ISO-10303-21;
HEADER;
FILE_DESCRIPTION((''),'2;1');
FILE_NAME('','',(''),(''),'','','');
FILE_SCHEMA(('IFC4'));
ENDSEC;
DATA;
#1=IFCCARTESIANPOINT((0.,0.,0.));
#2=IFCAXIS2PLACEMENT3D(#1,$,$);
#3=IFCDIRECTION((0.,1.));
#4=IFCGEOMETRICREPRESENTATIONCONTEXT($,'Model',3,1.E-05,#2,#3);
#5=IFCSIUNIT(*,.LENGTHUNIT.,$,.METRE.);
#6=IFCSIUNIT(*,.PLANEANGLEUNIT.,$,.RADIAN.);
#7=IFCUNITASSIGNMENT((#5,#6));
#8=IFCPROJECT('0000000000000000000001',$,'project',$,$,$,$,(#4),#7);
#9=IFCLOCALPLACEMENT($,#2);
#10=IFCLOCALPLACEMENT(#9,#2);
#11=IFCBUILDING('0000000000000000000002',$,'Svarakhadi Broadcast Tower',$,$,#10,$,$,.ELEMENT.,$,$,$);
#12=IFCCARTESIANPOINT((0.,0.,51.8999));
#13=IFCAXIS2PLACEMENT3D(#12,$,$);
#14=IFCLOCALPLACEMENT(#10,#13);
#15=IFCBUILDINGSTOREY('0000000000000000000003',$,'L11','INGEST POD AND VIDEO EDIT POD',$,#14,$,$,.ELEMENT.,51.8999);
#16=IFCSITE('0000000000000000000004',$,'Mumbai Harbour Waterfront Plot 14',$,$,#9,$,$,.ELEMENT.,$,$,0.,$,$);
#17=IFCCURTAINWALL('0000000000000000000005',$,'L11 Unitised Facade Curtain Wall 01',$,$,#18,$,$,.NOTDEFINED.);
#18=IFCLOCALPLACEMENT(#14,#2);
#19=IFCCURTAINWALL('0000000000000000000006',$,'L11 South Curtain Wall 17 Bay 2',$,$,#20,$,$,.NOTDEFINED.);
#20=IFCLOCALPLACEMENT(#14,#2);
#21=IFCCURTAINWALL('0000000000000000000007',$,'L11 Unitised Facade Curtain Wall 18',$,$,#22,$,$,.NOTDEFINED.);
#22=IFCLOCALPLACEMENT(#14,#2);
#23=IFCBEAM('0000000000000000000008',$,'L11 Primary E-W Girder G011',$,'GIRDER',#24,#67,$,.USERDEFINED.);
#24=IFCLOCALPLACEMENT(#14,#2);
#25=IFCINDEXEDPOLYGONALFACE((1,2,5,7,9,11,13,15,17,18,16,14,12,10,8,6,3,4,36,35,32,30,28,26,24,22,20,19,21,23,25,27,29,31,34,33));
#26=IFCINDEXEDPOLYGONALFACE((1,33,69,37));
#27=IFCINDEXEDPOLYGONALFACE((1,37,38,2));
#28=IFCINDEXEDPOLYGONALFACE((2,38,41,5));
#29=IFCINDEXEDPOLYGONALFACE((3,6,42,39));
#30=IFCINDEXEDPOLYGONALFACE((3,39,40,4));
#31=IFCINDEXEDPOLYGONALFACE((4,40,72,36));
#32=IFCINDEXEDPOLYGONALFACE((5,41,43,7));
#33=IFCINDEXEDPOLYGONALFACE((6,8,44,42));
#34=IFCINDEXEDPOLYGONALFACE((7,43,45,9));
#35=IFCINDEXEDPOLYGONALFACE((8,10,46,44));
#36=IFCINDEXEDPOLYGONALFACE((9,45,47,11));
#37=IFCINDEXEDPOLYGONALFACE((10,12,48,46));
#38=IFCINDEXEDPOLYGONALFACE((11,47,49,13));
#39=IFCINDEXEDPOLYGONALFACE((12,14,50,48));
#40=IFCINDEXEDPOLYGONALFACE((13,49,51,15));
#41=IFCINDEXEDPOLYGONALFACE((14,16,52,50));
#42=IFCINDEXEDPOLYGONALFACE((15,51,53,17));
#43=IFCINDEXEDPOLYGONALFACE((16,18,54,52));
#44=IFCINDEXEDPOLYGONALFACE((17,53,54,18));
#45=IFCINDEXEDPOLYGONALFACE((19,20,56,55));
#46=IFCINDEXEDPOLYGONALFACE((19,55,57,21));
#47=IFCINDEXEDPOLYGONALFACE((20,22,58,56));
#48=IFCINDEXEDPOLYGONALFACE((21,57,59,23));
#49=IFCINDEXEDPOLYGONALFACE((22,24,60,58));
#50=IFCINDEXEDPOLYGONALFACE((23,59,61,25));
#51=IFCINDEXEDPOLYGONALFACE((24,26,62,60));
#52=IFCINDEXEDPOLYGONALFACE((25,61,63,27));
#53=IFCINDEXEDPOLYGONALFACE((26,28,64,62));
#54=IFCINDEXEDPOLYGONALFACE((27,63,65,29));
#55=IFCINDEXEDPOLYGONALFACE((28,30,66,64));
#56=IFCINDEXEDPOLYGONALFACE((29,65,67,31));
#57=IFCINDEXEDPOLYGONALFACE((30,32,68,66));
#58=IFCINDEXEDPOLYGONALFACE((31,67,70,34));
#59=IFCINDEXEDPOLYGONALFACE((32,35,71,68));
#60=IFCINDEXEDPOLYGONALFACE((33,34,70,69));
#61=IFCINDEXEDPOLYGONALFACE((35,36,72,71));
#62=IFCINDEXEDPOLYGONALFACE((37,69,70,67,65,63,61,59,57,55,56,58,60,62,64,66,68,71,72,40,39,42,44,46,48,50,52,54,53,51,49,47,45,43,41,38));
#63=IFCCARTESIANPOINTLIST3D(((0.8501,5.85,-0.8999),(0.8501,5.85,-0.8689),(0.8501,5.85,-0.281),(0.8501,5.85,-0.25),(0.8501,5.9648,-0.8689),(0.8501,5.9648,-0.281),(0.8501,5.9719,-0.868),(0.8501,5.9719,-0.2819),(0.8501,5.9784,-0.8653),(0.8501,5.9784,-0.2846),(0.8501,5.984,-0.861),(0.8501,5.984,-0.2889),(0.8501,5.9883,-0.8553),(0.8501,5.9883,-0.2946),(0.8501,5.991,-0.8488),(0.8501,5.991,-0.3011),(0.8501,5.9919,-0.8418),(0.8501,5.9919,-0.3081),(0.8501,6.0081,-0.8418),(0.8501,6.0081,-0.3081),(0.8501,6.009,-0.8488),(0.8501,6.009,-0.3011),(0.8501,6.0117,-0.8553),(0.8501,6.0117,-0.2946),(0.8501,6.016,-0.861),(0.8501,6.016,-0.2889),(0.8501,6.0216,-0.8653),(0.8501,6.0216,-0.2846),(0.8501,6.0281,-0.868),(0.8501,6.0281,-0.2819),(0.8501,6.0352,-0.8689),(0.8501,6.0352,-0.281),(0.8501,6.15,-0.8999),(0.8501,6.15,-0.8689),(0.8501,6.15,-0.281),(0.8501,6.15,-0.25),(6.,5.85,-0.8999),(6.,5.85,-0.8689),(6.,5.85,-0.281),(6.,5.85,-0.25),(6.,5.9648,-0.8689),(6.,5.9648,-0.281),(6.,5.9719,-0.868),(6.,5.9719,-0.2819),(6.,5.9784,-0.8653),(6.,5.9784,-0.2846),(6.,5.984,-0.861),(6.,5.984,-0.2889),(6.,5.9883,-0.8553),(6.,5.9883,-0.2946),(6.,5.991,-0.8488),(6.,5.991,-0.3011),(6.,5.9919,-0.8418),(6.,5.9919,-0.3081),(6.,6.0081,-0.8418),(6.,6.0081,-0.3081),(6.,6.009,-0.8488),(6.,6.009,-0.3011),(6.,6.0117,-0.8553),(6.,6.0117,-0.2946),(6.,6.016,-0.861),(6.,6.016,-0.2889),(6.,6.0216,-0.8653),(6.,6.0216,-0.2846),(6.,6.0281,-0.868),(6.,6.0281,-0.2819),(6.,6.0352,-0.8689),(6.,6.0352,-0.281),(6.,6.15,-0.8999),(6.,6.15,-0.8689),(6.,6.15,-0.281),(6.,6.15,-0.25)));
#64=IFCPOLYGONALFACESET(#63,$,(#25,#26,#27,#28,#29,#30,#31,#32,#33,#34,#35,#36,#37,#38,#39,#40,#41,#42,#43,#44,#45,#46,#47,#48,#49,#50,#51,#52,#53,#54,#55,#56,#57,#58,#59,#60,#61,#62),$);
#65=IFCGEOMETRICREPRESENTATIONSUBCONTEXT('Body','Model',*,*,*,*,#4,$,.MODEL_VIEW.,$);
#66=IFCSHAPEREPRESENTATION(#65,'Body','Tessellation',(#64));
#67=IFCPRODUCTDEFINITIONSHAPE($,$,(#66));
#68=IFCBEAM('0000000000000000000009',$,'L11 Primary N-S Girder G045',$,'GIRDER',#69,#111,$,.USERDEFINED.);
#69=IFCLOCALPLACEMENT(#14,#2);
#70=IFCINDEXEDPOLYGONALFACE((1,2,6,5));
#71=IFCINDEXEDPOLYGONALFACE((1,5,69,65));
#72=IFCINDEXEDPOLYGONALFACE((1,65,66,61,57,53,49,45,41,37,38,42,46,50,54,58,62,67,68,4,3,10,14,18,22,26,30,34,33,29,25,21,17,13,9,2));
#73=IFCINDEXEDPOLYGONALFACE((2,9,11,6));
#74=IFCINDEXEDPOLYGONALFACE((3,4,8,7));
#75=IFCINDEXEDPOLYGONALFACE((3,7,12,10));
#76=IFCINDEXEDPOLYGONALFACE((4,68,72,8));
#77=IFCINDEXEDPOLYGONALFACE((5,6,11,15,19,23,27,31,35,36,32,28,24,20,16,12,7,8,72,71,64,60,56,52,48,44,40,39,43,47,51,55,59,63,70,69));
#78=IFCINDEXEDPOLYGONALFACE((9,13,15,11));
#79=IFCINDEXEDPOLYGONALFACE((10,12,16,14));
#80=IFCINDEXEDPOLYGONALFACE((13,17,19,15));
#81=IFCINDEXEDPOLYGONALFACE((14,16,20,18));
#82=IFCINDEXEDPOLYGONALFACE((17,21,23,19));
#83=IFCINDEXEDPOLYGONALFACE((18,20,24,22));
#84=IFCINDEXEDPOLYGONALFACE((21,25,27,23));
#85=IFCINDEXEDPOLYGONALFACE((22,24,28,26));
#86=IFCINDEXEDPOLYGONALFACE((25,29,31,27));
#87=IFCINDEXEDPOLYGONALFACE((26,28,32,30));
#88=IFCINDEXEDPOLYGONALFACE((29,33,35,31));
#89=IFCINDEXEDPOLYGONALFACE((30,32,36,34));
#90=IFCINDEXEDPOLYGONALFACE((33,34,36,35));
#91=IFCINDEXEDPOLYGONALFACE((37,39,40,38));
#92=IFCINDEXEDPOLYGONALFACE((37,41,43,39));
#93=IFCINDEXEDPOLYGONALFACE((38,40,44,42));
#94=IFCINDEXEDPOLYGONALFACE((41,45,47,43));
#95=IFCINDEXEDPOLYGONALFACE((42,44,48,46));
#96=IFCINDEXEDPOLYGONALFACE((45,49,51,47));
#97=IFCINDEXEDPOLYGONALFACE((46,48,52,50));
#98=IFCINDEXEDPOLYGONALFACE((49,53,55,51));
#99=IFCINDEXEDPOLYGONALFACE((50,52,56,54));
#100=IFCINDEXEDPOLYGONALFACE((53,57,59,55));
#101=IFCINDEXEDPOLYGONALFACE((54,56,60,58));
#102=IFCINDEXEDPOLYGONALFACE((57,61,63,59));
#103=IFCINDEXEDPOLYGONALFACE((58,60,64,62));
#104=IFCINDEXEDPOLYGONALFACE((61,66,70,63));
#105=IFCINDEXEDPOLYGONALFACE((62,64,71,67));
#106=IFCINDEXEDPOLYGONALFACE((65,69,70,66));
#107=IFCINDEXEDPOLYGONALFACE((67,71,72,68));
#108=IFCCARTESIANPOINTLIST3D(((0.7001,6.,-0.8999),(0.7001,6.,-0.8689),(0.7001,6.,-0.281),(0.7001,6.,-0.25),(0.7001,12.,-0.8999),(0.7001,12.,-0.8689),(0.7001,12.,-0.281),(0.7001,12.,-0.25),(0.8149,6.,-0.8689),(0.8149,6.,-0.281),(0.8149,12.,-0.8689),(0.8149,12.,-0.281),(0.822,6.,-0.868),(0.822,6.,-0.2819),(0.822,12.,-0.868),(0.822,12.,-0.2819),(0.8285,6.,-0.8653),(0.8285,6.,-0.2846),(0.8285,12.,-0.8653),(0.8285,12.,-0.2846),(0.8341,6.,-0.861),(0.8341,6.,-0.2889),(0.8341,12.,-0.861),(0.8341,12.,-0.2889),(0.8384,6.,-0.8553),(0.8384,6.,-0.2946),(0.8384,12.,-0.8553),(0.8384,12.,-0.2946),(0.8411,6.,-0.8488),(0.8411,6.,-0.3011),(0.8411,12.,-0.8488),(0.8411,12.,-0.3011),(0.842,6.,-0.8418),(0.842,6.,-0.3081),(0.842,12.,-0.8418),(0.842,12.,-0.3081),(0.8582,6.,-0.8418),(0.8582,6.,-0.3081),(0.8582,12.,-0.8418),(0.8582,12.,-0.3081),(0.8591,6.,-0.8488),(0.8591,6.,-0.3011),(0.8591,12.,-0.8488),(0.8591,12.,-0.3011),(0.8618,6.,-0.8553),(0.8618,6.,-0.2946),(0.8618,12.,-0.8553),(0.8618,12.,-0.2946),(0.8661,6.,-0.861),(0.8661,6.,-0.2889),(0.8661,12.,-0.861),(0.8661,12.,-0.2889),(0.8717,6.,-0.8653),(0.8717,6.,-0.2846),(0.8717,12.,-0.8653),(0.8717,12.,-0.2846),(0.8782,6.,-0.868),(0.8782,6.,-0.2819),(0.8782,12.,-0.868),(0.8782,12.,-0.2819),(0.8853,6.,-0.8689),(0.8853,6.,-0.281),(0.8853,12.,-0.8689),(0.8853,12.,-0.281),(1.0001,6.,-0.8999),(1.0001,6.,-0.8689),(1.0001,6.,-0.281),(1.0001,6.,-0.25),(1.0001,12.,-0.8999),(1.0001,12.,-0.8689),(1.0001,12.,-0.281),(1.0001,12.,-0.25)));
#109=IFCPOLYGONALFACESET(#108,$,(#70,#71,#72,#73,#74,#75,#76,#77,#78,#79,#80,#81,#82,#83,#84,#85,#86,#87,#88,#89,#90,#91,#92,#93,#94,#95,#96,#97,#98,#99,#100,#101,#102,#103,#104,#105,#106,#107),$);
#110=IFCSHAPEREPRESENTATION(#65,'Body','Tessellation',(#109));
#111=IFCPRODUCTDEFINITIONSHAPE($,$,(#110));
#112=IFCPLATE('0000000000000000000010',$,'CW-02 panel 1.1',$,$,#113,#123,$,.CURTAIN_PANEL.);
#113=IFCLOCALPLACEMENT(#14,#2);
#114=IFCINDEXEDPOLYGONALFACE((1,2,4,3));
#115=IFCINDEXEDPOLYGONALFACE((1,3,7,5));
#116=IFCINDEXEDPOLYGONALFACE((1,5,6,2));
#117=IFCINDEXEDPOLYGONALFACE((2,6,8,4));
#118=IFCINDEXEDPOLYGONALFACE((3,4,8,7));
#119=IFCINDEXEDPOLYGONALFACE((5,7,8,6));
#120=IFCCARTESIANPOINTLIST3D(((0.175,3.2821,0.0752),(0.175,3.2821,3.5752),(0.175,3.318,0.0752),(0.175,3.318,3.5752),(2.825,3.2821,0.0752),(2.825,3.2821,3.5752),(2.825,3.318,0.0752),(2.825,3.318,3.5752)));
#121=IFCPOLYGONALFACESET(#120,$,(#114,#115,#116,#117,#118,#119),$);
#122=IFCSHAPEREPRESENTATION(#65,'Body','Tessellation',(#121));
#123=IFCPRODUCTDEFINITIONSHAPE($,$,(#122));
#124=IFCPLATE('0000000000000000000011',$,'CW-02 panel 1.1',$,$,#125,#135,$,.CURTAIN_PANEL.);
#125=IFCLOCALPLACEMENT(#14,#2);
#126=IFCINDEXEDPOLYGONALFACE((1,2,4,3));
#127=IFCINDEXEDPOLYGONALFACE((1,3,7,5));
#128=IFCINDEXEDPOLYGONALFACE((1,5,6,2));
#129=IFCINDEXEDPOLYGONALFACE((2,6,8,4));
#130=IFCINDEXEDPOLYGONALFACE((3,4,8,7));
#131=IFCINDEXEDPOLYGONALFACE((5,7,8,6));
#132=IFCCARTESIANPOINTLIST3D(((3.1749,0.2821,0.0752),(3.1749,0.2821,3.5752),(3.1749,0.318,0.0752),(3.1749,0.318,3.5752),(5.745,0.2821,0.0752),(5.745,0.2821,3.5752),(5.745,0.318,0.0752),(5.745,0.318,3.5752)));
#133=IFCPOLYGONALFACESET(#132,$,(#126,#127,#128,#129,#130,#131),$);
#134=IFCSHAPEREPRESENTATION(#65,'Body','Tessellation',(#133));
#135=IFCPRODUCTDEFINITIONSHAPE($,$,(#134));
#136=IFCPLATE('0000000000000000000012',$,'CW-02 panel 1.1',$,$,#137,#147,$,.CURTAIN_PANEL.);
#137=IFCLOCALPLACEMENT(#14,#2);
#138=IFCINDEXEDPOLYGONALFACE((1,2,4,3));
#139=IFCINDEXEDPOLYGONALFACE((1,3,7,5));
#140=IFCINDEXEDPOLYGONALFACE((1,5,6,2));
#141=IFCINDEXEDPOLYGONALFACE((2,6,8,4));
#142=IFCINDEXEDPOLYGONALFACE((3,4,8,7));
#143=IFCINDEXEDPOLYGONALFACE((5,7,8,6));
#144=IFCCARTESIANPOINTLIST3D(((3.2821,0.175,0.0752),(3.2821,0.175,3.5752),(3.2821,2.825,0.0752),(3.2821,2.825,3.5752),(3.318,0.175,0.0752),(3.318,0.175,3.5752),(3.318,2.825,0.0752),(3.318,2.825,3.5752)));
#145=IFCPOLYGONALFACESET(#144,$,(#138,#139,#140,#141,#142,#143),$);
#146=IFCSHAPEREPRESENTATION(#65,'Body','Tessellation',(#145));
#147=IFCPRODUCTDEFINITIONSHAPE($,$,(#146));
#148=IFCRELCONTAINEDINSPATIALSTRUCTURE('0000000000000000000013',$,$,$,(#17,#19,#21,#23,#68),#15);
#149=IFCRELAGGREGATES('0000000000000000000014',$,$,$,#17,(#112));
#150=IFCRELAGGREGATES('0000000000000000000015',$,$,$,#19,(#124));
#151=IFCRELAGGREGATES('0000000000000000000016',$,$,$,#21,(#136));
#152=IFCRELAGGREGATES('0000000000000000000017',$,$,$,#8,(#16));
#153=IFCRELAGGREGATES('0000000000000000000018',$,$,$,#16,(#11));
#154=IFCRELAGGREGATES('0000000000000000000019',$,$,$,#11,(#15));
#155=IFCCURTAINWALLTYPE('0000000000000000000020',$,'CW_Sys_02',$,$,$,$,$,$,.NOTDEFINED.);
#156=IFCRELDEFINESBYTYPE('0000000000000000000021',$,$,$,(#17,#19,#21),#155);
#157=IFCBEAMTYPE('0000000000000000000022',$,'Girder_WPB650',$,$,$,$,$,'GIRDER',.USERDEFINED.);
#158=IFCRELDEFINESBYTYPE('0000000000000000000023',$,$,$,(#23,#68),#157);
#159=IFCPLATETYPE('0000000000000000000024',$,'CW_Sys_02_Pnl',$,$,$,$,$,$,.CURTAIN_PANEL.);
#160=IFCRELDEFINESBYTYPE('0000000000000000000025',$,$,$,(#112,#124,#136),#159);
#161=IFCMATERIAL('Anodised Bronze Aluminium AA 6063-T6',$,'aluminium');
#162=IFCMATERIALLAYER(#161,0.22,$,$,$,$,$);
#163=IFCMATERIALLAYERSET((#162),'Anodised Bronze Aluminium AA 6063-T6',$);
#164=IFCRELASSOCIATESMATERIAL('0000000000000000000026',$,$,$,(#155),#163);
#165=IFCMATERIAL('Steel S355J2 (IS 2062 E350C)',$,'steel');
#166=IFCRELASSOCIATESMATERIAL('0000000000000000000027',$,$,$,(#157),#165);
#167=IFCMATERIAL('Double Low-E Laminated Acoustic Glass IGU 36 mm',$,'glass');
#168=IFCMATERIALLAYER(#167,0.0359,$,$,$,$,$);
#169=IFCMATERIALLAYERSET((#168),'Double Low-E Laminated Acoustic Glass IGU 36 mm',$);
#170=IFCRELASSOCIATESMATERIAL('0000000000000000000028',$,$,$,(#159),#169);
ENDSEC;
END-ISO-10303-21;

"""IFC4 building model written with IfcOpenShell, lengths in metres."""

from ifc_helpers import new_model, si_unit, direction, frame, origin, origin_2d, place, context, subcontext, project, spatial, rectangle, i_section, extrude, material, layer, layer_set, material_profile, profile_set, type_object, element, aggregate, save


model = new_model("IFC4")

# Units and contexts
model_context = context("Model", 3, precision=1e-05, world=origin(), true_north=direction((0.0, 1.0)))
body_context = subcontext(model_context, "Body", "Model", "MODEL_VIEW")
ifc_project = project(units=[si_unit("LENGTHUNIT", "METRE"), si_unit("PLANEANGLEUNIT", "RADIAN")], contexts=[model_context])

# Site, building, storey
site_placement = place(None, origin())
site = spatial("IfcSite", under=ifc_project, at=site_placement, Name="Mumbai Harbour Waterfront Plot 14", CompositionType="ELEMENT", RefElevation=0.0)
building_placement = place(site_placement, origin())
building = spatial("IfcBuilding", under=site, at=building_placement, Name="Svarakhadi Broadcast Tower", CompositionType="ELEMENT")
storey_placement = place(building_placement, frame((0.0, 0.0, 51.8999)))
storey = spatial("IfcBuildingStorey", under=building, at=storey_placement, Name="L11", Description="INGEST POD AND VIDEO EDIT POD", CompositionType="ELEMENT", Elevation=51.8999)

# Curtain wall
ifc_material_1 = material(Name="Anodised Bronze Aluminium AA 6063-T6", Category="aluminium")
ifc_layer_1 = layer(ifc_material_1, 0.22)
ifc_layer_set_1 = layer_set([ifc_layer_1], Name="Anodised Bronze Aluminium AA 6063-T6")
curtain_wall_type = type_object("IfcCurtainWallType", Name="CW_Sys_02", PredefinedType="NOTDEFINED", material=ifc_layer_set_1)
curtain_wall_1_placement = place(storey_placement, origin())
curtain_wall_1 = element("IfcCurtainWall", 1, at=curtain_wall_1_placement, inside=storey, type_object=curtain_wall_type, Name="L11 Unitised Facade Curtain Wall 01", PredefinedType="NOTDEFINED")

# Curtain walls
curtain_wall_2_placement = place(storey_placement, origin())
curtain_wall_2 = element("IfcCurtainWall", 2, at=curtain_wall_2_placement, inside=storey, type_object=curtain_wall_type, Name="L11 South Curtain Wall 17 Bay 2", PredefinedType="NOTDEFINED")
curtain_wall_3_placement = place(storey_placement, origin())
curtain_wall_3 = element("IfcCurtainWall", 3, at=curtain_wall_3_placement, inside=storey, type_object=curtain_wall_type, Name="L11 Unitised Facade Curtain Wall 18", PredefinedType="NOTDEFINED")

# Beams
ifc_material_2 = material(Name="Steel S355J2 (IS 2062 E350C)", Category="steel")
ifc_material_profile_1 = material_profile(ifc_material_2, i_section(OverallWidth=0.3, OverallDepth=0.6499, WebThickness=0.0161, FlangeThickness=0.031, FilletRadius=0.0271, at=origin_2d()), Name="WPB 650x300x225")
ifc_profile_set_1 = profile_set([ifc_material_profile_1], Name="Steel S355J2 (IS 2062 E350C)")
beam_type = type_object("IfcBeamType", Name="Girder_WPB650", ElementType="GIRDER", PredefinedType="USERDEFINED", material=ifc_profile_set_1)
beam_1_placement = place(storey_placement, frame((0.8501, 6.0, -0.575), z_axis=(1.0, 0.0, 0.0), x_axis=(0.0, 1.0, 0.0)))
element("IfcBeam", 4, at=beam_1_placement, inside=storey, type_object=beam_type, Name="L11 Primary E-W Girder G011", ObjectType="GIRDER", PredefinedType="USERDEFINED", context=body_context, shape_type="SweptSolid", body=[
    extrude(i_section(OverallWidth=0.3, OverallDepth=0.6499, WebThickness=0.0161, FlangeThickness=0.031, FilletRadius=0.0271, at=origin_2d()), origin(), (0.0, 0.0, 1.0), 5.1499),
])
beam_2_placement = place(storey_placement, frame((0.8501, 6.0, -0.575), z_axis=(0.0, 1.0, 0.0), x_axis=(-1.0, 0.0, 0.0)))
element("IfcBeam", 5, at=beam_2_placement, inside=storey, type_object=beam_type, Name="L11 Primary N-S Girder G045", ObjectType="GIRDER", PredefinedType="USERDEFINED", context=body_context, shape_type="SweptSolid", body=[
    extrude(i_section(OverallWidth=0.3, OverallDepth=0.6499, WebThickness=0.0161, FlangeThickness=0.031, FilletRadius=0.0271, at=origin_2d()), origin(), (0.0, 0.0, 1.0), 6.0),
])

# Plates
ifc_material_3 = material(Name="Double Low-E Laminated Acoustic Glass IGU 36 mm", Category="glass")
ifc_layer_2 = layer(ifc_material_3, 0.0359)
ifc_layer_set_2 = layer_set([ifc_layer_2], Name="Double Low-E Laminated Acoustic Glass IGU 36 mm")
plate_type = type_object("IfcPlateType", Name="CW_Sys_02_Pnl", PredefinedType="CURTAIN_PANEL", material=ifc_layer_set_2)
plate_1_placement = place(storey_placement, frame((1.5, 3.3, 0.0752), z_axis=(0.0, 0.0, 1.0), x_axis=(-1.0, 0.0, 0.0)))
plate_1 = element("IfcPlate", 6, at=plate_1_placement, type_object=plate_type, Name="CW-02 panel 1.1", PredefinedType="CURTAIN_PANEL", context=body_context, shape_type="SweptSolid", body=[
    extrude(rectangle(XDim=2.6499, YDim=0.0359, at=origin_2d()), origin(), (0.0, 0.0, 1.0), 3.5),
])
aggregate(curtain_wall_1, [plate_1])
plate_2_placement = place(storey_placement, frame((4.46, 0.3, 0.0752), z_axis=(0.0, 0.0, 1.0), x_axis=(-1.0, 0.0, 0.0)))
plate_2 = element("IfcPlate", 7, at=plate_2_placement, type_object=plate_type, Name="CW-02 panel 1.1", PredefinedType="CURTAIN_PANEL", context=body_context, shape_type="SweptSolid", body=[
    extrude(rectangle(XDim=2.5701, YDim=0.0359, at=origin_2d()), origin(), (0.0, 0.0, 1.0), 3.5),
])
aggregate(curtain_wall_2, [plate_2])
plate_3_placement = place(storey_placement, frame((3.3, 1.5, 0.0752), z_axis=(0.0, 0.0, 1.0), x_axis=(0.0, 1.0, 0.0)))
plate_3 = element("IfcPlate", 8, at=plate_3_placement, type_object=plate_type, Name="CW-02 panel 1.1", PredefinedType="CURTAIN_PANEL", context=body_context, shape_type="SweptSolid", body=[
    extrude(rectangle(XDim=2.6499, YDim=0.0359, at=origin_2d()), origin(), (0.0, 0.0, 1.0), 3.5),
])
aggregate(curtain_wall_3, [plate_3])

save(model, "model.ifc")
